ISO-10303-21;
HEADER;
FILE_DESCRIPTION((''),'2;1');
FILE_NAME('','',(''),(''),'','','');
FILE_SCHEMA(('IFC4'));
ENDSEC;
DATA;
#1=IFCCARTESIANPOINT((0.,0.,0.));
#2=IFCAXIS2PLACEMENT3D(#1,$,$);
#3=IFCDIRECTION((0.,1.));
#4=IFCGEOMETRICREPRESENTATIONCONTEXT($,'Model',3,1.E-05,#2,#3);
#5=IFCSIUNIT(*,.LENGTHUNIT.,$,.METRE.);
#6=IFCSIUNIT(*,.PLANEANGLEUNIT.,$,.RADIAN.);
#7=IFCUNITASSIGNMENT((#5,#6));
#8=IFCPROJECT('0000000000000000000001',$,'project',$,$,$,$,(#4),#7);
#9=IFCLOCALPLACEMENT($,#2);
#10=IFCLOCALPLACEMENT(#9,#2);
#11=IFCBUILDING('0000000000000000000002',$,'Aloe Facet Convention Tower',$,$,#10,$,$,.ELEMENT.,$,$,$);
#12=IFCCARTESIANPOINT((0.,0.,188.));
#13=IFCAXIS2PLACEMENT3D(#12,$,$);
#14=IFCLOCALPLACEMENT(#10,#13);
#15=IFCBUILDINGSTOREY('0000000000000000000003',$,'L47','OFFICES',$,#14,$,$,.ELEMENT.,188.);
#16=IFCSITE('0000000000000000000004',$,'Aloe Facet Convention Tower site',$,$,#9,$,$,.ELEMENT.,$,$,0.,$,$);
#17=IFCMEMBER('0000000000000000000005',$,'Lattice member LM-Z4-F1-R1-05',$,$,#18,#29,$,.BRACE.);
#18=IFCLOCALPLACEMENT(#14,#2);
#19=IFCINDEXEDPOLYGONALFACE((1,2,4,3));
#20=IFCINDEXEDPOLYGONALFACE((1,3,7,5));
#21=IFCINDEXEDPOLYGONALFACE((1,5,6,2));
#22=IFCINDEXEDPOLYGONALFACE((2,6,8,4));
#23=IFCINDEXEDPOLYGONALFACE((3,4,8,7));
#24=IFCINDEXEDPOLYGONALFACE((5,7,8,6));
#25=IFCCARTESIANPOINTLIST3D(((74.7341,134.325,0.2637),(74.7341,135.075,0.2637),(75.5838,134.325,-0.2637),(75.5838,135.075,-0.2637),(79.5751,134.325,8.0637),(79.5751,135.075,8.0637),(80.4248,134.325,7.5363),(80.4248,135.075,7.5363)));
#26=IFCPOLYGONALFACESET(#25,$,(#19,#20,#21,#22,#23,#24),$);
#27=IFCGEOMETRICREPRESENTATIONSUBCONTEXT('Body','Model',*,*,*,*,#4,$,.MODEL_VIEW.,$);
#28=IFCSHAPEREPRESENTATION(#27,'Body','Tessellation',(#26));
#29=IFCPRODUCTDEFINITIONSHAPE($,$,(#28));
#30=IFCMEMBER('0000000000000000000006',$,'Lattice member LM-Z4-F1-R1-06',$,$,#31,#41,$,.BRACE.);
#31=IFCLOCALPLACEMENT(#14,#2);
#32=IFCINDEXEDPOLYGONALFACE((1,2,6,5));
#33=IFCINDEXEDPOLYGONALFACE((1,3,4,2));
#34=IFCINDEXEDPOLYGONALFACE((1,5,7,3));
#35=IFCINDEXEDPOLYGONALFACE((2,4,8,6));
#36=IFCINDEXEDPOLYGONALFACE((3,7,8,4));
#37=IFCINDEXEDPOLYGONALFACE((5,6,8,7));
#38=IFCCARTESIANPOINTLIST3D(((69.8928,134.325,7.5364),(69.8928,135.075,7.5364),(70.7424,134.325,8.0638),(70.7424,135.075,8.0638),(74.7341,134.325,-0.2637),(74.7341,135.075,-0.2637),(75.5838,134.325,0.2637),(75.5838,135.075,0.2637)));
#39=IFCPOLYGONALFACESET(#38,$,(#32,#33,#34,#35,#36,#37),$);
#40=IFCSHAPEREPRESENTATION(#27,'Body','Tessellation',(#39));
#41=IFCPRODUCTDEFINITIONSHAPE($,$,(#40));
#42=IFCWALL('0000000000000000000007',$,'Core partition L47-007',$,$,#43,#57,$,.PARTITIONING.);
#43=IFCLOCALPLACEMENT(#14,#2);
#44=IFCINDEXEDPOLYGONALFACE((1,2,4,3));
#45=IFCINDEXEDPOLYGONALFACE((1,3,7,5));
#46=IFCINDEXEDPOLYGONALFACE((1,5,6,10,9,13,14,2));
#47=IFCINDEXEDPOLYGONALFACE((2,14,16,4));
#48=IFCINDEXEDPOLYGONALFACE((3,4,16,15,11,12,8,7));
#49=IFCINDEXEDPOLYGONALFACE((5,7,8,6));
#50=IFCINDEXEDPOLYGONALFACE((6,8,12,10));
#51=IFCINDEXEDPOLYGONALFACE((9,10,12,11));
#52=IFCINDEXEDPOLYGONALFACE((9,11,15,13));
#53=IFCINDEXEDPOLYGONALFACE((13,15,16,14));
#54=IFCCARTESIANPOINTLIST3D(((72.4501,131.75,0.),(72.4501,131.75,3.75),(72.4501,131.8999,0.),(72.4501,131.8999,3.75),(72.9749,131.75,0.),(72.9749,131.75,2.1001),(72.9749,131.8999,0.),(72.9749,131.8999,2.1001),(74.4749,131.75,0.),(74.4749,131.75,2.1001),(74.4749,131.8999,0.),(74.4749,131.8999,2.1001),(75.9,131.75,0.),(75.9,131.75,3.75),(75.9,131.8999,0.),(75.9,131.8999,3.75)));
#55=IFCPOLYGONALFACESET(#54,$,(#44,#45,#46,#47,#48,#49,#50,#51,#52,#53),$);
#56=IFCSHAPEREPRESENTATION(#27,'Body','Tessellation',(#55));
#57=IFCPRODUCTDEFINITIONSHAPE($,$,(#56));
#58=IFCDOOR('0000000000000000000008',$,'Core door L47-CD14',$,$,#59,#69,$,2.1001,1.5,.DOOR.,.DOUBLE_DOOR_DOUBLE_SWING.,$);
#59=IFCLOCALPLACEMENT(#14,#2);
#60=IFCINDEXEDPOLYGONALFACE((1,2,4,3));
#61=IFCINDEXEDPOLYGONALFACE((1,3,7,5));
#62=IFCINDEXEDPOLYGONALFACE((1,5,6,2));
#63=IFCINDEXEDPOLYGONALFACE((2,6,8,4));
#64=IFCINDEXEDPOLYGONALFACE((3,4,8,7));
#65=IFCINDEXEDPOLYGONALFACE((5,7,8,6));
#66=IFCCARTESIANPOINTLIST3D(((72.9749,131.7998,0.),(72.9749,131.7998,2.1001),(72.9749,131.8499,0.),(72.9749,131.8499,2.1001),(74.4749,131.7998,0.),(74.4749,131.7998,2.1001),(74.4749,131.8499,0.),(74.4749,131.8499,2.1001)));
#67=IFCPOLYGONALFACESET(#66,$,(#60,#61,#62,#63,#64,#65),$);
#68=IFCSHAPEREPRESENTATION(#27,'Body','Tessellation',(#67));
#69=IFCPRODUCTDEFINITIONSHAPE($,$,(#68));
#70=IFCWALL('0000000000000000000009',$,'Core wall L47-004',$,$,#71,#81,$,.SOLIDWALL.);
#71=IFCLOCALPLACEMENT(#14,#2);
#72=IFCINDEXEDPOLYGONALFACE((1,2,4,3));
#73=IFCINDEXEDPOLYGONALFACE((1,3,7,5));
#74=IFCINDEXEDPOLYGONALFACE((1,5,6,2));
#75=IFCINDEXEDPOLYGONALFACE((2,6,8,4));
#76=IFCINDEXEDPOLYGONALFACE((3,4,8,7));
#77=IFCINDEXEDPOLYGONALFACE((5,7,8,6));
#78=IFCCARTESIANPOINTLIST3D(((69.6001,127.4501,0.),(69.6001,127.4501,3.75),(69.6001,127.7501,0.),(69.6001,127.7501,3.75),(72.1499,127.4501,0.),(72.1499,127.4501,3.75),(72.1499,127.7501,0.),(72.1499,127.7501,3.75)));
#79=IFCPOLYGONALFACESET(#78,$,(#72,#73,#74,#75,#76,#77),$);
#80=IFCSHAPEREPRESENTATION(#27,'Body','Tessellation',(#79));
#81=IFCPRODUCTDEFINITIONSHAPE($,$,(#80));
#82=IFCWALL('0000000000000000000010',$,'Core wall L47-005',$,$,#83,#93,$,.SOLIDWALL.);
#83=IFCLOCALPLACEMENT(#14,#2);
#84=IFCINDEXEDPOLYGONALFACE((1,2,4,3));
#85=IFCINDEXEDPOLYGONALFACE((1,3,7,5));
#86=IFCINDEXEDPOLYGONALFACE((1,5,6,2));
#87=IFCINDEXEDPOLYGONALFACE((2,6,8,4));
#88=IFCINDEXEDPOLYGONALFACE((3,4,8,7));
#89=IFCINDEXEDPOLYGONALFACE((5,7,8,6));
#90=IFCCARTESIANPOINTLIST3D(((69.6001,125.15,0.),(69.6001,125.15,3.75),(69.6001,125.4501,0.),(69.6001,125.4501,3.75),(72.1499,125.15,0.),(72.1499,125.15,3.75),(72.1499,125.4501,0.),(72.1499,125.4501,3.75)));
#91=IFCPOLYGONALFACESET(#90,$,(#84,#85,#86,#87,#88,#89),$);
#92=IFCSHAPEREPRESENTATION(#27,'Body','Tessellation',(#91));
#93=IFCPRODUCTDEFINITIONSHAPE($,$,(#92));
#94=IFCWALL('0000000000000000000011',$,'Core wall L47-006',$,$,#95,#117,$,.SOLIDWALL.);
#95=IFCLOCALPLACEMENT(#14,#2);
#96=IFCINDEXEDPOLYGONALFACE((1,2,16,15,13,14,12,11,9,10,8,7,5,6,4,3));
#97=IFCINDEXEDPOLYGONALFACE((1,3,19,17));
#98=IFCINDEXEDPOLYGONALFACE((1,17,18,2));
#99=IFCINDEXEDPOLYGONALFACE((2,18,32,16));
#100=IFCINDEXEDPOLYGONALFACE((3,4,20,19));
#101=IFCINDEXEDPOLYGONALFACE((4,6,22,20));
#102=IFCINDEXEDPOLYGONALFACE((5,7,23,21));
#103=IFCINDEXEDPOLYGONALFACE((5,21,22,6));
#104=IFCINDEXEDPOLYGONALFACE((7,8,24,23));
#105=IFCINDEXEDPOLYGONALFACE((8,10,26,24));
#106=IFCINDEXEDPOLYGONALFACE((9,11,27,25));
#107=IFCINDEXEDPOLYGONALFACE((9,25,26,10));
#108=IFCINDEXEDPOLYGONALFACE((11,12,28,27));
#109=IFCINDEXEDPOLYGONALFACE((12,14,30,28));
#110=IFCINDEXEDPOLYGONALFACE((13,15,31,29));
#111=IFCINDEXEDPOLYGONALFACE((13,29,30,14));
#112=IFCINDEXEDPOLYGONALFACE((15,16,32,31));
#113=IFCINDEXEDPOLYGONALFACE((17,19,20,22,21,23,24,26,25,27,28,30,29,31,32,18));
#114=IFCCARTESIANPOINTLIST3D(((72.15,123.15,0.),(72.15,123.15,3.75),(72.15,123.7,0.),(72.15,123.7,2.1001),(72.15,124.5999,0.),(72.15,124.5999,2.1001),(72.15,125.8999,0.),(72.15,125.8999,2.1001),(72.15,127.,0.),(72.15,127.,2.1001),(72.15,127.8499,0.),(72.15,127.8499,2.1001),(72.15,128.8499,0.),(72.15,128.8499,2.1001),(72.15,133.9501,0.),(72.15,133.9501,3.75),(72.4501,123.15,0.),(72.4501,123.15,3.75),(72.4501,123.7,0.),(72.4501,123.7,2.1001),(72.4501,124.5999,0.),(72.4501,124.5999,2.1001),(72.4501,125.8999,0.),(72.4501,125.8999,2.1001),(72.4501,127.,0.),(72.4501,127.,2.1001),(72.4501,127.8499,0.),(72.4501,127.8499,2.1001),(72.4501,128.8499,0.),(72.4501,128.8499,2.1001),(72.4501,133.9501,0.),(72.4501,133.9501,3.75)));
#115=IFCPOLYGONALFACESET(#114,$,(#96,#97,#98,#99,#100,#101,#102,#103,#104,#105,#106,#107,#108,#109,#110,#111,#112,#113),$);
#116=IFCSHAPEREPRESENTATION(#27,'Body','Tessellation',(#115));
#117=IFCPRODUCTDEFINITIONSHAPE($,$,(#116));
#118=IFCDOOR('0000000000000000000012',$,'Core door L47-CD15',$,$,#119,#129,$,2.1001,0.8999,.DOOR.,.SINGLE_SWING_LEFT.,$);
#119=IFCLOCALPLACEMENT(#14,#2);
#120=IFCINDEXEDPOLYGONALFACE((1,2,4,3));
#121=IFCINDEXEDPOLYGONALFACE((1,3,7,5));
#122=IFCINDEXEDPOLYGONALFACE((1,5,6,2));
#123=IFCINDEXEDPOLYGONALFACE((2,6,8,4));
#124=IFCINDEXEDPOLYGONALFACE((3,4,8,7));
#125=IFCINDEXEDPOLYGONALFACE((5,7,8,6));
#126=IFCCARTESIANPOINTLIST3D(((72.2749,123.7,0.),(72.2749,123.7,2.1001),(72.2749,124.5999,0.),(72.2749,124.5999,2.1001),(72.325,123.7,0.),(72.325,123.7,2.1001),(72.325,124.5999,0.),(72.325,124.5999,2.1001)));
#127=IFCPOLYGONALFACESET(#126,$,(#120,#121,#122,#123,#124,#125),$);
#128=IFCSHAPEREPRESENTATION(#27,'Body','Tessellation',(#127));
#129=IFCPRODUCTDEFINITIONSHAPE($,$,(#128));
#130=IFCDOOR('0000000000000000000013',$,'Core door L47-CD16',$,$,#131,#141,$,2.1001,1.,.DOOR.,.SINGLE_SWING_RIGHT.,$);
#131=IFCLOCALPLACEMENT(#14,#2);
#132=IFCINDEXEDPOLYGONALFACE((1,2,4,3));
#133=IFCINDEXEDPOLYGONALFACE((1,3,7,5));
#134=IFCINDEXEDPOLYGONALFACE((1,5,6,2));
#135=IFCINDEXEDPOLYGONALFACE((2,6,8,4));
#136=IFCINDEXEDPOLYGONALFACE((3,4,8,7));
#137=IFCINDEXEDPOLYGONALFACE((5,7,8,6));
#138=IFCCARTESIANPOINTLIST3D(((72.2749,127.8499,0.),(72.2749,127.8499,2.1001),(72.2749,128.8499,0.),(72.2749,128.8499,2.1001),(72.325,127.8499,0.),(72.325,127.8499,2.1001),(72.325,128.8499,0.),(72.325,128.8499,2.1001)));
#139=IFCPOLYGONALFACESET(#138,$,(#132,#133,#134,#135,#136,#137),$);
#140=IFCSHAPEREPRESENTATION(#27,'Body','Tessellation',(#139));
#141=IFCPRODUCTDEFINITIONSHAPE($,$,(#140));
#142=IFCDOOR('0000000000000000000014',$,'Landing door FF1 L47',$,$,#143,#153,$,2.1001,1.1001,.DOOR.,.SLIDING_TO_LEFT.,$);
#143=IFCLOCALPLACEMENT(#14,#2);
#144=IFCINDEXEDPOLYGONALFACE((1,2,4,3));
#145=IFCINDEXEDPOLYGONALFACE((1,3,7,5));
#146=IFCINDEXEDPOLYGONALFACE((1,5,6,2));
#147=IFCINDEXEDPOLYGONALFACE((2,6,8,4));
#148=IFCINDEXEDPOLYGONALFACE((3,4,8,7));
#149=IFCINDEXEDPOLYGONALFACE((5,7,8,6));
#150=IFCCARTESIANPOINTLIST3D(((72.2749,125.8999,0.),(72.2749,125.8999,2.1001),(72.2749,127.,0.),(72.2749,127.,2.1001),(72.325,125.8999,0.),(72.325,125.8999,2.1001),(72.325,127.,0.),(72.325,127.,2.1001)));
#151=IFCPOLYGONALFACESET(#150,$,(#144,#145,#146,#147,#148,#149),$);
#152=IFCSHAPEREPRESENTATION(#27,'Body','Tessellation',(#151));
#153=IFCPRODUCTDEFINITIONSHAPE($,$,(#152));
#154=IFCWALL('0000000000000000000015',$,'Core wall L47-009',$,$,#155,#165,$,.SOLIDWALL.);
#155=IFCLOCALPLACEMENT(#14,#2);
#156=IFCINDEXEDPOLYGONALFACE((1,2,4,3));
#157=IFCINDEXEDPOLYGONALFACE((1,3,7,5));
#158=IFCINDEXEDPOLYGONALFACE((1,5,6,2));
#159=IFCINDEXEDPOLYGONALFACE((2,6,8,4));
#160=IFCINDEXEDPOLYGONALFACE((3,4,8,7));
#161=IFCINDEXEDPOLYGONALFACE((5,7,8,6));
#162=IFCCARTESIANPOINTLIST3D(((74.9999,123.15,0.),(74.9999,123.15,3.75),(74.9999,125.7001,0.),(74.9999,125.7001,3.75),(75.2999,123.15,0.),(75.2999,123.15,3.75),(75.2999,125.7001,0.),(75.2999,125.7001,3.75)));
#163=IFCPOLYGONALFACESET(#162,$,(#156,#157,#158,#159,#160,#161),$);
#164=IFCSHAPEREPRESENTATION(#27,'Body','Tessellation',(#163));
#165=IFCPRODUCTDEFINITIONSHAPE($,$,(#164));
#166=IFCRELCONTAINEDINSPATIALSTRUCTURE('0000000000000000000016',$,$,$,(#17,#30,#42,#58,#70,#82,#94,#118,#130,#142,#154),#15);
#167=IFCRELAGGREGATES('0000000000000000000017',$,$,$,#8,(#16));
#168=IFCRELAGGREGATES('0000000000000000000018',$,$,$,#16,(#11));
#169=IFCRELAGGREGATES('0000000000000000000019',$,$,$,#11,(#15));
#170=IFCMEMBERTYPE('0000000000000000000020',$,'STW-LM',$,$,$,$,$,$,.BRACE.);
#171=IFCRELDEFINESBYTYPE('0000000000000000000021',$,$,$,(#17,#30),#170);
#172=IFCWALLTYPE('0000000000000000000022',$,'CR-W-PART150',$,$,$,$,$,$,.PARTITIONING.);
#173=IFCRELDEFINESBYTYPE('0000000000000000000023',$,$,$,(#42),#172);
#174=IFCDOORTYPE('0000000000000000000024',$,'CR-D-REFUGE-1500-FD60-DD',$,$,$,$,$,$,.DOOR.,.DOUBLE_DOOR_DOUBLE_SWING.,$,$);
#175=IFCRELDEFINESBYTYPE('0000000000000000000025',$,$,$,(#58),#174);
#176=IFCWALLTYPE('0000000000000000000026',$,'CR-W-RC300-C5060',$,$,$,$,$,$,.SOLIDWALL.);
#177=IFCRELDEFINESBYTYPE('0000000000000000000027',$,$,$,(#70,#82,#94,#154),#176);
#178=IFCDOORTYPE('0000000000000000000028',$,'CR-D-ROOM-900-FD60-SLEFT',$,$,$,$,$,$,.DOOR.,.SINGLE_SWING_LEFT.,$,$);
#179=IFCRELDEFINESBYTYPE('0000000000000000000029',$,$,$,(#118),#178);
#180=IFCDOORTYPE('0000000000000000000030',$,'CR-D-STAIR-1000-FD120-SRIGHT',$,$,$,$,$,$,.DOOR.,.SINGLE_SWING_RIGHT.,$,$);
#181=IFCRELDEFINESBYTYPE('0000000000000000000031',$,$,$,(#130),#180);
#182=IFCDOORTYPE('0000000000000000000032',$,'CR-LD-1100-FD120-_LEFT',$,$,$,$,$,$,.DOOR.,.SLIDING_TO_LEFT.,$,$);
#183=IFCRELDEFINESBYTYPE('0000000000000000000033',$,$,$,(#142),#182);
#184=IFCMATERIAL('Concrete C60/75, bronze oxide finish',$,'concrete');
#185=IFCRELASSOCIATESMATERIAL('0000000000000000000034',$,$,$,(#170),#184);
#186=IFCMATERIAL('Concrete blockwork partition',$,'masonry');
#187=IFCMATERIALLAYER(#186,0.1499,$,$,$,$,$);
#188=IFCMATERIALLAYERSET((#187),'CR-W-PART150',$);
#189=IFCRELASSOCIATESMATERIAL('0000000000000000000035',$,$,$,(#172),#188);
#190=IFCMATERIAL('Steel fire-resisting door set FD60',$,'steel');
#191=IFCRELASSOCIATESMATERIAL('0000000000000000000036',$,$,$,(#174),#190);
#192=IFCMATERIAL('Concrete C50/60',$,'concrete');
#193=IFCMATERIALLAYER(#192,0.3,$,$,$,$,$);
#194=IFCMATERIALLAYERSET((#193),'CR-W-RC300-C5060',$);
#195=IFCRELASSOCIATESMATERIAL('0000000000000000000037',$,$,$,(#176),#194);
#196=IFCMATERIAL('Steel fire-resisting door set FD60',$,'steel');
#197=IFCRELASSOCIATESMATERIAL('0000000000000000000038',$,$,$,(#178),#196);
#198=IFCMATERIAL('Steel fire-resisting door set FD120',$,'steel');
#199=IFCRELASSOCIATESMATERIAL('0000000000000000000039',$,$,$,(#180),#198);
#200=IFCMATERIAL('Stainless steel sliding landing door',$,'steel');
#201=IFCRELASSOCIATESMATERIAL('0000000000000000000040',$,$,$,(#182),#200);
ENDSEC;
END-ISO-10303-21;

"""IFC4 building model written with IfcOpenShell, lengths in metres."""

from ifc_helpers import new_model, si_unit, direction, frame, frame_2d, origin, origin_2d, place, context, subcontext, project, spatial, rectangle, extrude, material, layer, layer_set, material_profile, profile_set, type_object, element, fill, save


model = new_model("IFC4")

# Units and contexts
model_context = context("Model", 3, precision=1e-05, world=origin(), true_north=direction((0.0, 1.0)))
body_context = subcontext(model_context, "Body", "Model", "MODEL_VIEW")
ifc_project = project(units=[si_unit("LENGTHUNIT", "METRE"), si_unit("PLANEANGLEUNIT", "RADIAN")], contexts=[model_context])

# Site, building, storey
site_placement = place(None, origin())
site = spatial("IfcSite", under=ifc_project, at=site_placement, Name="Aloe Facet Convention Tower site", CompositionType="ELEMENT", RefElevation=0.0)
building_placement = place(site_placement, origin())
building = spatial("IfcBuilding", under=site, at=building_placement, Name="Aloe Facet Convention Tower", CompositionType="ELEMENT")
storey_placement = place(building_placement, frame((0.0, 0.0, 188.0)))
storey = spatial("IfcBuildingStorey", under=building, at=storey_placement, Name="L47", Description="OFFICES", CompositionType="ELEMENT", Elevation=188.0)

# Members
ifc_material_1 = material(Name="Concrete C60/75, bronze oxide finish", Category="concrete")
ifc_material_profile = material_profile(ifc_material_1, rectangle(XDim=0.75, YDim=1.0, at=origin_2d()), Name="STW-LM")
ifc_profile_set = profile_set([ifc_material_profile], Name="Concrete C60/75, bronze oxide finish")
member_type = type_object("IfcMemberType", Name="STW-LM", PredefinedType="BRACE", material=ifc_profile_set)
member_1_placement = place(storey_placement, frame((75.1589, 134.7, 0.0), z_axis=(0.527336, 0.0, 0.849657), x_axis=(0.0, 1.0, 0.0)))
element("IfcMember", 1, at=member_1_placement, inside=storey, type_object=member_type, Name="Lattice member LM-Z4-F1-R1-05", PredefinedType="BRACE", context=body_context, shape_type="SweptSolid", body=[
    extrude(rectangle(XDim=0.75, YDim=1.0, at=origin_2d()), origin(), (0.0, 0.0, 1.0), 9.1802),
])
member_2_placement = place(storey_placement, frame((75.1589, 134.7, 0.0), z_axis=(-0.527355, 0.0, 0.849645), x_axis=(0.0, -1.0, 0.0)))
element("IfcMember", 2, at=member_2_placement, inside=storey, type_object=member_type, Name="Lattice member LM-Z4-F1-R1-06", PredefinedType="BRACE", context=body_context, shape_type="SweptSolid", body=[
    extrude(rectangle(XDim=0.75, YDim=1.0, at=origin_2d()), origin(), (0.0, 0.0, 1.0), 9.1804),
])

# Wall, opening, door
ifc_material_2 = material(Name="Concrete blockwork partition", Category="masonry")
ifc_layer_1 = layer(ifc_material_2, 0.1499)
ifc_layer_set_1 = layer_set([ifc_layer_1], Name="CR-W-PART150")
wall_type_1 = type_object("IfcWallType", Name="CR-W-PART150", PredefinedType="PARTITIONING", material=ifc_layer_set_1)
wall_1_placement = place(storey_placement, frame((72.45, 131.825, 0.0), z_axis=(0.0, 0.0, 1.0), x_axis=(1.0, 0.0, 0.0)))
wall_1 = element("IfcWall", 3, at=wall_1_placement, inside=storey, type_object=wall_type_1, Name="Core partition L47-007", PredefinedType="PARTITIONING", context=body_context, shape_type="SweptSolid", body=[
    extrude(rectangle(XDim=3.45, YDim=0.1499, at=frame_2d((1.7251, 0.0))), origin(), (0.0, 0.0, 1.0), 3.75),
])
opening_1_placement = place(wall_1_placement, frame((0.5249, 0.0, 0.0)))
opening_1 = element("IfcOpeningElement", 4, at=opening_1_placement, cuts=wall_1, PredefinedType="OPENING", context=body_context, shape_type="SweptSolid", body=[
    extrude(rectangle(XDim=1.5, YDim=2.1001, at=frame_2d((0.75, 1.05))), frame((0.0, 0.085, 0.0), z_axis=(0.0, -1.0, 0.0), x_axis=(1.0, 0.0, 0.0)), (0.0, 0.0, 1.0), 0.1699),
])
ifc_material_3 = material(Name="Steel fire-resisting door set FD60", Category="steel")
door_type_1 = type_object("IfcDoorType", Name="CR-D-REFUGE-1500-FD60-DD", OperationType="DOUBLE_DOOR_DOUBLE_SWING", PredefinedType="DOOR", material=ifc_material_3)
door_1_placement = place(opening_1_placement, origin())
door_1 = element("IfcDoor", 5, at=door_1_placement, inside=storey, type_object=door_type_1, Name="Core door L47-CD14", OperationType="DOUBLE_DOOR_DOUBLE_SWING", OverallHeight=2.1001, OverallWidth=1.5, PredefinedType="DOOR", context=body_context, shape_type="SweptSolid", body=[
    extrude(rectangle(XDim=1.5, YDim=2.1001, at=frame_2d((0.75, 1.05))), frame((0.0, 0.0249, 0.0), z_axis=(0.0, -1.0, 0.0), x_axis=(1.0, 0.0, 0.0)), (0.0, 0.0, 1.0), 0.05),
])
fill(opening_1, door_1)

# Walls
ifc_material_4 = material(Name="Concrete C50/60", Category="concrete")
ifc_layer_2 = layer(ifc_material_4, 0.3)
ifc_layer_set_2 = layer_set([ifc_layer_2], Name="CR-W-RC300-C5060")
wall_type_2 = type_object("IfcWallType", Name="CR-W-RC300-C5060", PredefinedType="SOLIDWALL", material=ifc_layer_set_2)
for number, where, z_axis, x_axis, name in (
    (6, (69.6001, 127.6001, 0.0), (0.0, 0.0, 1.0), (1.0, 0.0, 0.0), "Core wall L47-004"),
    (7, (69.6001, 125.3, 0.0), (0.0, 0.0, 1.0), (1.0, 0.0, 0.0), "Core wall L47-005"),
):
    element("IfcWall", number, at=place(storey_placement, frame(where, z_axis=z_axis, x_axis=x_axis)), inside=storey, type_object=wall_type_2, Name=name, PredefinedType="SOLIDWALL", context=body_context, shape_type="SweptSolid", body=[
        extrude(rectangle(XDim=2.5498, YDim=0.3, at=frame_2d((1.2749, 0.0))), origin(), (0.0, 0.0, 1.0), 3.75),
    ])

# Wall, openings, doors
wall_2_placement = place(storey_placement, frame((72.3, 133.95, 0.0), z_axis=(0.0, 0.0, 1.0), x_axis=(0.0, -1.0, 0.0)))
wall_2 = element("IfcWall", 8, at=wall_2_placement, inside=storey, type_object=wall_type_2, Name="Core wall L47-006", PredefinedType="SOLIDWALL", context=body_context, shape_type="SweptSolid", body=[
    extrude(rectangle(XDim=10.8, YDim=0.3, at=frame_2d((5.3999, 0.0))), origin(), (0.0, 0.0, 1.0), 3.75),
])
opening_2_placement = place(wall_2_placement, frame((6.95, 0.0, 0.0)))
opening_2 = element("IfcOpeningElement", 9, at=opening_2_placement, cuts=wall_2, PredefinedType="OPENING", context=body_context, shape_type="SweptSolid", body=[
    extrude(rectangle(XDim=1.1001, YDim=2.1001, at=frame_2d((0.55, 1.05))), frame((0.0, 0.1602, 0.0), z_axis=(0.0, -1.0, 0.0), x_axis=(1.0, 0.0, 0.0)), (0.0, 0.0, 1.0), 0.3201),
])
opening_3_placement = place(wall_2_placement, frame((9.3501, 0.0, 0.0)))
opening_3 = element("IfcOpeningElement", 10, at=opening_3_placement, cuts=wall_2, PredefinedType="OPENING", context=body_context, shape_type="SweptSolid", body=[
    extrude(rectangle(XDim=0.8999, YDim=2.1001, at=frame_2d((0.45, 1.05))), frame((0.0, 0.1602, 0.0), z_axis=(0.0, -1.0, 0.0), x_axis=(1.0, 0.0, 0.0)), (0.0, 0.0, 1.0), 0.3201),
])
opening_4_placement = place(wall_2_placement, frame((5.1001, 0.0, 0.0)))
opening_4 = element("IfcOpeningElement", 11, at=opening_4_placement, cuts=wall_2, PredefinedType="OPENING", context=body_context, shape_type="SweptSolid", body=[
    extrude(rectangle(XDim=1.0, YDim=2.1001, at=frame_2d((0.5, 1.05))), frame((0.0, 0.1602, 0.0), z_axis=(0.0, -1.0, 0.0), x_axis=(1.0, 0.0, 0.0)), (0.0, 0.0, 1.0), 0.3201),
])
ifc_material_5 = material(Name="Steel fire-resisting door set FD60", Category="steel")
door_type_2 = type_object("IfcDoorType", Name="CR-D-ROOM-900-FD60-SLEFT", OperationType="SINGLE_SWING_LEFT", PredefinedType="DOOR", material=ifc_material_5)
door_2_placement = place(opening_3_placement, origin())
door_2 = element("IfcDoor", 12, at=door_2_placement, inside=storey, type_object=door_type_2, Name="Core door L47-CD15", OperationType="SINGLE_SWING_LEFT", OverallHeight=2.1001, OverallWidth=0.8999, PredefinedType="DOOR", context=body_context, shape_type="SweptSolid", body=[
    extrude(rectangle(XDim=0.8999, YDim=2.1001, at=frame_2d((0.45, 1.05))), frame((0.0, 0.0249, 0.0), z_axis=(0.0, -1.0, 0.0), x_axis=(1.0, 0.0, 0.0)), (0.0, 0.0, 1.0), 0.05),
])
fill(opening_3, door_2)
ifc_material_6 = material(Name="Steel fire-resisting door set FD120", Category="steel")
door_type_3 = type_object("IfcDoorType", Name="CR-D-STAIR-1000-FD120-SRIGHT", OperationType="SINGLE_SWING_RIGHT", PredefinedType="DOOR", material=ifc_material_6)
door_3_placement = place(opening_4_placement, origin())
door_3 = element("IfcDoor", 13, at=door_3_placement, inside=storey, type_object=door_type_3, Name="Core door L47-CD16", OperationType="SINGLE_SWING_RIGHT", OverallHeight=2.1001, OverallWidth=1.0, PredefinedType="DOOR", context=body_context, shape_type="SweptSolid", body=[
    extrude(rectangle(XDim=1.0, YDim=2.1001, at=frame_2d((0.5, 1.05))), frame((0.0, 0.0249, 0.0), z_axis=(0.0, -1.0, 0.0), x_axis=(1.0, 0.0, 0.0)), (0.0, 0.0, 1.0), 0.05),
])
fill(opening_4, door_3)
ifc_material_7 = material(Name="Stainless steel sliding landing door", Category="steel")
door_type_4 = type_object("IfcDoorType", Name="CR-LD-1100-FD120-_LEFT", OperationType="SLIDING_TO_LEFT", PredefinedType="DOOR", material=ifc_material_7)
door_4_placement = place(opening_2_placement, origin())
door_4 = element("IfcDoor", 14, at=door_4_placement, inside=storey, type_object=door_type_4, Name="Landing door FF1 L47", OperationType="SLIDING_TO_LEFT", OverallHeight=2.1001, OverallWidth=1.1001, PredefinedType="DOOR", context=body_context, shape_type="SweptSolid", body=[
    extrude(rectangle(XDim=1.1001, YDim=2.1001, at=frame_2d((0.55, 1.05))), frame((0.0, 0.0249, 0.0), z_axis=(0.0, -1.0, 0.0), x_axis=(1.0, 0.0, 0.0)), (0.0, 0.0, 1.0), 0.05),
])
fill(opening_2, door_4)

# Wall
wall_3_placement = place(storey_placement, frame((75.1499, 125.7, 0.0), z_axis=(0.0, 0.0, 1.0), x_axis=(0.0, -1.0, 0.0)))
element("IfcWall", 15, at=wall_3_placement, inside=storey, type_object=wall_type_2, Name="Core wall L47-009", PredefinedType="SOLIDWALL", context=body_context, shape_type="SweptSolid", body=[
    extrude(rectangle(XDim=2.55, YDim=0.3, at=frame_2d((1.2749, 0.0))), origin(), (0.0, 0.0, 1.0), 3.75),
])

save(model, "model.ifc")
